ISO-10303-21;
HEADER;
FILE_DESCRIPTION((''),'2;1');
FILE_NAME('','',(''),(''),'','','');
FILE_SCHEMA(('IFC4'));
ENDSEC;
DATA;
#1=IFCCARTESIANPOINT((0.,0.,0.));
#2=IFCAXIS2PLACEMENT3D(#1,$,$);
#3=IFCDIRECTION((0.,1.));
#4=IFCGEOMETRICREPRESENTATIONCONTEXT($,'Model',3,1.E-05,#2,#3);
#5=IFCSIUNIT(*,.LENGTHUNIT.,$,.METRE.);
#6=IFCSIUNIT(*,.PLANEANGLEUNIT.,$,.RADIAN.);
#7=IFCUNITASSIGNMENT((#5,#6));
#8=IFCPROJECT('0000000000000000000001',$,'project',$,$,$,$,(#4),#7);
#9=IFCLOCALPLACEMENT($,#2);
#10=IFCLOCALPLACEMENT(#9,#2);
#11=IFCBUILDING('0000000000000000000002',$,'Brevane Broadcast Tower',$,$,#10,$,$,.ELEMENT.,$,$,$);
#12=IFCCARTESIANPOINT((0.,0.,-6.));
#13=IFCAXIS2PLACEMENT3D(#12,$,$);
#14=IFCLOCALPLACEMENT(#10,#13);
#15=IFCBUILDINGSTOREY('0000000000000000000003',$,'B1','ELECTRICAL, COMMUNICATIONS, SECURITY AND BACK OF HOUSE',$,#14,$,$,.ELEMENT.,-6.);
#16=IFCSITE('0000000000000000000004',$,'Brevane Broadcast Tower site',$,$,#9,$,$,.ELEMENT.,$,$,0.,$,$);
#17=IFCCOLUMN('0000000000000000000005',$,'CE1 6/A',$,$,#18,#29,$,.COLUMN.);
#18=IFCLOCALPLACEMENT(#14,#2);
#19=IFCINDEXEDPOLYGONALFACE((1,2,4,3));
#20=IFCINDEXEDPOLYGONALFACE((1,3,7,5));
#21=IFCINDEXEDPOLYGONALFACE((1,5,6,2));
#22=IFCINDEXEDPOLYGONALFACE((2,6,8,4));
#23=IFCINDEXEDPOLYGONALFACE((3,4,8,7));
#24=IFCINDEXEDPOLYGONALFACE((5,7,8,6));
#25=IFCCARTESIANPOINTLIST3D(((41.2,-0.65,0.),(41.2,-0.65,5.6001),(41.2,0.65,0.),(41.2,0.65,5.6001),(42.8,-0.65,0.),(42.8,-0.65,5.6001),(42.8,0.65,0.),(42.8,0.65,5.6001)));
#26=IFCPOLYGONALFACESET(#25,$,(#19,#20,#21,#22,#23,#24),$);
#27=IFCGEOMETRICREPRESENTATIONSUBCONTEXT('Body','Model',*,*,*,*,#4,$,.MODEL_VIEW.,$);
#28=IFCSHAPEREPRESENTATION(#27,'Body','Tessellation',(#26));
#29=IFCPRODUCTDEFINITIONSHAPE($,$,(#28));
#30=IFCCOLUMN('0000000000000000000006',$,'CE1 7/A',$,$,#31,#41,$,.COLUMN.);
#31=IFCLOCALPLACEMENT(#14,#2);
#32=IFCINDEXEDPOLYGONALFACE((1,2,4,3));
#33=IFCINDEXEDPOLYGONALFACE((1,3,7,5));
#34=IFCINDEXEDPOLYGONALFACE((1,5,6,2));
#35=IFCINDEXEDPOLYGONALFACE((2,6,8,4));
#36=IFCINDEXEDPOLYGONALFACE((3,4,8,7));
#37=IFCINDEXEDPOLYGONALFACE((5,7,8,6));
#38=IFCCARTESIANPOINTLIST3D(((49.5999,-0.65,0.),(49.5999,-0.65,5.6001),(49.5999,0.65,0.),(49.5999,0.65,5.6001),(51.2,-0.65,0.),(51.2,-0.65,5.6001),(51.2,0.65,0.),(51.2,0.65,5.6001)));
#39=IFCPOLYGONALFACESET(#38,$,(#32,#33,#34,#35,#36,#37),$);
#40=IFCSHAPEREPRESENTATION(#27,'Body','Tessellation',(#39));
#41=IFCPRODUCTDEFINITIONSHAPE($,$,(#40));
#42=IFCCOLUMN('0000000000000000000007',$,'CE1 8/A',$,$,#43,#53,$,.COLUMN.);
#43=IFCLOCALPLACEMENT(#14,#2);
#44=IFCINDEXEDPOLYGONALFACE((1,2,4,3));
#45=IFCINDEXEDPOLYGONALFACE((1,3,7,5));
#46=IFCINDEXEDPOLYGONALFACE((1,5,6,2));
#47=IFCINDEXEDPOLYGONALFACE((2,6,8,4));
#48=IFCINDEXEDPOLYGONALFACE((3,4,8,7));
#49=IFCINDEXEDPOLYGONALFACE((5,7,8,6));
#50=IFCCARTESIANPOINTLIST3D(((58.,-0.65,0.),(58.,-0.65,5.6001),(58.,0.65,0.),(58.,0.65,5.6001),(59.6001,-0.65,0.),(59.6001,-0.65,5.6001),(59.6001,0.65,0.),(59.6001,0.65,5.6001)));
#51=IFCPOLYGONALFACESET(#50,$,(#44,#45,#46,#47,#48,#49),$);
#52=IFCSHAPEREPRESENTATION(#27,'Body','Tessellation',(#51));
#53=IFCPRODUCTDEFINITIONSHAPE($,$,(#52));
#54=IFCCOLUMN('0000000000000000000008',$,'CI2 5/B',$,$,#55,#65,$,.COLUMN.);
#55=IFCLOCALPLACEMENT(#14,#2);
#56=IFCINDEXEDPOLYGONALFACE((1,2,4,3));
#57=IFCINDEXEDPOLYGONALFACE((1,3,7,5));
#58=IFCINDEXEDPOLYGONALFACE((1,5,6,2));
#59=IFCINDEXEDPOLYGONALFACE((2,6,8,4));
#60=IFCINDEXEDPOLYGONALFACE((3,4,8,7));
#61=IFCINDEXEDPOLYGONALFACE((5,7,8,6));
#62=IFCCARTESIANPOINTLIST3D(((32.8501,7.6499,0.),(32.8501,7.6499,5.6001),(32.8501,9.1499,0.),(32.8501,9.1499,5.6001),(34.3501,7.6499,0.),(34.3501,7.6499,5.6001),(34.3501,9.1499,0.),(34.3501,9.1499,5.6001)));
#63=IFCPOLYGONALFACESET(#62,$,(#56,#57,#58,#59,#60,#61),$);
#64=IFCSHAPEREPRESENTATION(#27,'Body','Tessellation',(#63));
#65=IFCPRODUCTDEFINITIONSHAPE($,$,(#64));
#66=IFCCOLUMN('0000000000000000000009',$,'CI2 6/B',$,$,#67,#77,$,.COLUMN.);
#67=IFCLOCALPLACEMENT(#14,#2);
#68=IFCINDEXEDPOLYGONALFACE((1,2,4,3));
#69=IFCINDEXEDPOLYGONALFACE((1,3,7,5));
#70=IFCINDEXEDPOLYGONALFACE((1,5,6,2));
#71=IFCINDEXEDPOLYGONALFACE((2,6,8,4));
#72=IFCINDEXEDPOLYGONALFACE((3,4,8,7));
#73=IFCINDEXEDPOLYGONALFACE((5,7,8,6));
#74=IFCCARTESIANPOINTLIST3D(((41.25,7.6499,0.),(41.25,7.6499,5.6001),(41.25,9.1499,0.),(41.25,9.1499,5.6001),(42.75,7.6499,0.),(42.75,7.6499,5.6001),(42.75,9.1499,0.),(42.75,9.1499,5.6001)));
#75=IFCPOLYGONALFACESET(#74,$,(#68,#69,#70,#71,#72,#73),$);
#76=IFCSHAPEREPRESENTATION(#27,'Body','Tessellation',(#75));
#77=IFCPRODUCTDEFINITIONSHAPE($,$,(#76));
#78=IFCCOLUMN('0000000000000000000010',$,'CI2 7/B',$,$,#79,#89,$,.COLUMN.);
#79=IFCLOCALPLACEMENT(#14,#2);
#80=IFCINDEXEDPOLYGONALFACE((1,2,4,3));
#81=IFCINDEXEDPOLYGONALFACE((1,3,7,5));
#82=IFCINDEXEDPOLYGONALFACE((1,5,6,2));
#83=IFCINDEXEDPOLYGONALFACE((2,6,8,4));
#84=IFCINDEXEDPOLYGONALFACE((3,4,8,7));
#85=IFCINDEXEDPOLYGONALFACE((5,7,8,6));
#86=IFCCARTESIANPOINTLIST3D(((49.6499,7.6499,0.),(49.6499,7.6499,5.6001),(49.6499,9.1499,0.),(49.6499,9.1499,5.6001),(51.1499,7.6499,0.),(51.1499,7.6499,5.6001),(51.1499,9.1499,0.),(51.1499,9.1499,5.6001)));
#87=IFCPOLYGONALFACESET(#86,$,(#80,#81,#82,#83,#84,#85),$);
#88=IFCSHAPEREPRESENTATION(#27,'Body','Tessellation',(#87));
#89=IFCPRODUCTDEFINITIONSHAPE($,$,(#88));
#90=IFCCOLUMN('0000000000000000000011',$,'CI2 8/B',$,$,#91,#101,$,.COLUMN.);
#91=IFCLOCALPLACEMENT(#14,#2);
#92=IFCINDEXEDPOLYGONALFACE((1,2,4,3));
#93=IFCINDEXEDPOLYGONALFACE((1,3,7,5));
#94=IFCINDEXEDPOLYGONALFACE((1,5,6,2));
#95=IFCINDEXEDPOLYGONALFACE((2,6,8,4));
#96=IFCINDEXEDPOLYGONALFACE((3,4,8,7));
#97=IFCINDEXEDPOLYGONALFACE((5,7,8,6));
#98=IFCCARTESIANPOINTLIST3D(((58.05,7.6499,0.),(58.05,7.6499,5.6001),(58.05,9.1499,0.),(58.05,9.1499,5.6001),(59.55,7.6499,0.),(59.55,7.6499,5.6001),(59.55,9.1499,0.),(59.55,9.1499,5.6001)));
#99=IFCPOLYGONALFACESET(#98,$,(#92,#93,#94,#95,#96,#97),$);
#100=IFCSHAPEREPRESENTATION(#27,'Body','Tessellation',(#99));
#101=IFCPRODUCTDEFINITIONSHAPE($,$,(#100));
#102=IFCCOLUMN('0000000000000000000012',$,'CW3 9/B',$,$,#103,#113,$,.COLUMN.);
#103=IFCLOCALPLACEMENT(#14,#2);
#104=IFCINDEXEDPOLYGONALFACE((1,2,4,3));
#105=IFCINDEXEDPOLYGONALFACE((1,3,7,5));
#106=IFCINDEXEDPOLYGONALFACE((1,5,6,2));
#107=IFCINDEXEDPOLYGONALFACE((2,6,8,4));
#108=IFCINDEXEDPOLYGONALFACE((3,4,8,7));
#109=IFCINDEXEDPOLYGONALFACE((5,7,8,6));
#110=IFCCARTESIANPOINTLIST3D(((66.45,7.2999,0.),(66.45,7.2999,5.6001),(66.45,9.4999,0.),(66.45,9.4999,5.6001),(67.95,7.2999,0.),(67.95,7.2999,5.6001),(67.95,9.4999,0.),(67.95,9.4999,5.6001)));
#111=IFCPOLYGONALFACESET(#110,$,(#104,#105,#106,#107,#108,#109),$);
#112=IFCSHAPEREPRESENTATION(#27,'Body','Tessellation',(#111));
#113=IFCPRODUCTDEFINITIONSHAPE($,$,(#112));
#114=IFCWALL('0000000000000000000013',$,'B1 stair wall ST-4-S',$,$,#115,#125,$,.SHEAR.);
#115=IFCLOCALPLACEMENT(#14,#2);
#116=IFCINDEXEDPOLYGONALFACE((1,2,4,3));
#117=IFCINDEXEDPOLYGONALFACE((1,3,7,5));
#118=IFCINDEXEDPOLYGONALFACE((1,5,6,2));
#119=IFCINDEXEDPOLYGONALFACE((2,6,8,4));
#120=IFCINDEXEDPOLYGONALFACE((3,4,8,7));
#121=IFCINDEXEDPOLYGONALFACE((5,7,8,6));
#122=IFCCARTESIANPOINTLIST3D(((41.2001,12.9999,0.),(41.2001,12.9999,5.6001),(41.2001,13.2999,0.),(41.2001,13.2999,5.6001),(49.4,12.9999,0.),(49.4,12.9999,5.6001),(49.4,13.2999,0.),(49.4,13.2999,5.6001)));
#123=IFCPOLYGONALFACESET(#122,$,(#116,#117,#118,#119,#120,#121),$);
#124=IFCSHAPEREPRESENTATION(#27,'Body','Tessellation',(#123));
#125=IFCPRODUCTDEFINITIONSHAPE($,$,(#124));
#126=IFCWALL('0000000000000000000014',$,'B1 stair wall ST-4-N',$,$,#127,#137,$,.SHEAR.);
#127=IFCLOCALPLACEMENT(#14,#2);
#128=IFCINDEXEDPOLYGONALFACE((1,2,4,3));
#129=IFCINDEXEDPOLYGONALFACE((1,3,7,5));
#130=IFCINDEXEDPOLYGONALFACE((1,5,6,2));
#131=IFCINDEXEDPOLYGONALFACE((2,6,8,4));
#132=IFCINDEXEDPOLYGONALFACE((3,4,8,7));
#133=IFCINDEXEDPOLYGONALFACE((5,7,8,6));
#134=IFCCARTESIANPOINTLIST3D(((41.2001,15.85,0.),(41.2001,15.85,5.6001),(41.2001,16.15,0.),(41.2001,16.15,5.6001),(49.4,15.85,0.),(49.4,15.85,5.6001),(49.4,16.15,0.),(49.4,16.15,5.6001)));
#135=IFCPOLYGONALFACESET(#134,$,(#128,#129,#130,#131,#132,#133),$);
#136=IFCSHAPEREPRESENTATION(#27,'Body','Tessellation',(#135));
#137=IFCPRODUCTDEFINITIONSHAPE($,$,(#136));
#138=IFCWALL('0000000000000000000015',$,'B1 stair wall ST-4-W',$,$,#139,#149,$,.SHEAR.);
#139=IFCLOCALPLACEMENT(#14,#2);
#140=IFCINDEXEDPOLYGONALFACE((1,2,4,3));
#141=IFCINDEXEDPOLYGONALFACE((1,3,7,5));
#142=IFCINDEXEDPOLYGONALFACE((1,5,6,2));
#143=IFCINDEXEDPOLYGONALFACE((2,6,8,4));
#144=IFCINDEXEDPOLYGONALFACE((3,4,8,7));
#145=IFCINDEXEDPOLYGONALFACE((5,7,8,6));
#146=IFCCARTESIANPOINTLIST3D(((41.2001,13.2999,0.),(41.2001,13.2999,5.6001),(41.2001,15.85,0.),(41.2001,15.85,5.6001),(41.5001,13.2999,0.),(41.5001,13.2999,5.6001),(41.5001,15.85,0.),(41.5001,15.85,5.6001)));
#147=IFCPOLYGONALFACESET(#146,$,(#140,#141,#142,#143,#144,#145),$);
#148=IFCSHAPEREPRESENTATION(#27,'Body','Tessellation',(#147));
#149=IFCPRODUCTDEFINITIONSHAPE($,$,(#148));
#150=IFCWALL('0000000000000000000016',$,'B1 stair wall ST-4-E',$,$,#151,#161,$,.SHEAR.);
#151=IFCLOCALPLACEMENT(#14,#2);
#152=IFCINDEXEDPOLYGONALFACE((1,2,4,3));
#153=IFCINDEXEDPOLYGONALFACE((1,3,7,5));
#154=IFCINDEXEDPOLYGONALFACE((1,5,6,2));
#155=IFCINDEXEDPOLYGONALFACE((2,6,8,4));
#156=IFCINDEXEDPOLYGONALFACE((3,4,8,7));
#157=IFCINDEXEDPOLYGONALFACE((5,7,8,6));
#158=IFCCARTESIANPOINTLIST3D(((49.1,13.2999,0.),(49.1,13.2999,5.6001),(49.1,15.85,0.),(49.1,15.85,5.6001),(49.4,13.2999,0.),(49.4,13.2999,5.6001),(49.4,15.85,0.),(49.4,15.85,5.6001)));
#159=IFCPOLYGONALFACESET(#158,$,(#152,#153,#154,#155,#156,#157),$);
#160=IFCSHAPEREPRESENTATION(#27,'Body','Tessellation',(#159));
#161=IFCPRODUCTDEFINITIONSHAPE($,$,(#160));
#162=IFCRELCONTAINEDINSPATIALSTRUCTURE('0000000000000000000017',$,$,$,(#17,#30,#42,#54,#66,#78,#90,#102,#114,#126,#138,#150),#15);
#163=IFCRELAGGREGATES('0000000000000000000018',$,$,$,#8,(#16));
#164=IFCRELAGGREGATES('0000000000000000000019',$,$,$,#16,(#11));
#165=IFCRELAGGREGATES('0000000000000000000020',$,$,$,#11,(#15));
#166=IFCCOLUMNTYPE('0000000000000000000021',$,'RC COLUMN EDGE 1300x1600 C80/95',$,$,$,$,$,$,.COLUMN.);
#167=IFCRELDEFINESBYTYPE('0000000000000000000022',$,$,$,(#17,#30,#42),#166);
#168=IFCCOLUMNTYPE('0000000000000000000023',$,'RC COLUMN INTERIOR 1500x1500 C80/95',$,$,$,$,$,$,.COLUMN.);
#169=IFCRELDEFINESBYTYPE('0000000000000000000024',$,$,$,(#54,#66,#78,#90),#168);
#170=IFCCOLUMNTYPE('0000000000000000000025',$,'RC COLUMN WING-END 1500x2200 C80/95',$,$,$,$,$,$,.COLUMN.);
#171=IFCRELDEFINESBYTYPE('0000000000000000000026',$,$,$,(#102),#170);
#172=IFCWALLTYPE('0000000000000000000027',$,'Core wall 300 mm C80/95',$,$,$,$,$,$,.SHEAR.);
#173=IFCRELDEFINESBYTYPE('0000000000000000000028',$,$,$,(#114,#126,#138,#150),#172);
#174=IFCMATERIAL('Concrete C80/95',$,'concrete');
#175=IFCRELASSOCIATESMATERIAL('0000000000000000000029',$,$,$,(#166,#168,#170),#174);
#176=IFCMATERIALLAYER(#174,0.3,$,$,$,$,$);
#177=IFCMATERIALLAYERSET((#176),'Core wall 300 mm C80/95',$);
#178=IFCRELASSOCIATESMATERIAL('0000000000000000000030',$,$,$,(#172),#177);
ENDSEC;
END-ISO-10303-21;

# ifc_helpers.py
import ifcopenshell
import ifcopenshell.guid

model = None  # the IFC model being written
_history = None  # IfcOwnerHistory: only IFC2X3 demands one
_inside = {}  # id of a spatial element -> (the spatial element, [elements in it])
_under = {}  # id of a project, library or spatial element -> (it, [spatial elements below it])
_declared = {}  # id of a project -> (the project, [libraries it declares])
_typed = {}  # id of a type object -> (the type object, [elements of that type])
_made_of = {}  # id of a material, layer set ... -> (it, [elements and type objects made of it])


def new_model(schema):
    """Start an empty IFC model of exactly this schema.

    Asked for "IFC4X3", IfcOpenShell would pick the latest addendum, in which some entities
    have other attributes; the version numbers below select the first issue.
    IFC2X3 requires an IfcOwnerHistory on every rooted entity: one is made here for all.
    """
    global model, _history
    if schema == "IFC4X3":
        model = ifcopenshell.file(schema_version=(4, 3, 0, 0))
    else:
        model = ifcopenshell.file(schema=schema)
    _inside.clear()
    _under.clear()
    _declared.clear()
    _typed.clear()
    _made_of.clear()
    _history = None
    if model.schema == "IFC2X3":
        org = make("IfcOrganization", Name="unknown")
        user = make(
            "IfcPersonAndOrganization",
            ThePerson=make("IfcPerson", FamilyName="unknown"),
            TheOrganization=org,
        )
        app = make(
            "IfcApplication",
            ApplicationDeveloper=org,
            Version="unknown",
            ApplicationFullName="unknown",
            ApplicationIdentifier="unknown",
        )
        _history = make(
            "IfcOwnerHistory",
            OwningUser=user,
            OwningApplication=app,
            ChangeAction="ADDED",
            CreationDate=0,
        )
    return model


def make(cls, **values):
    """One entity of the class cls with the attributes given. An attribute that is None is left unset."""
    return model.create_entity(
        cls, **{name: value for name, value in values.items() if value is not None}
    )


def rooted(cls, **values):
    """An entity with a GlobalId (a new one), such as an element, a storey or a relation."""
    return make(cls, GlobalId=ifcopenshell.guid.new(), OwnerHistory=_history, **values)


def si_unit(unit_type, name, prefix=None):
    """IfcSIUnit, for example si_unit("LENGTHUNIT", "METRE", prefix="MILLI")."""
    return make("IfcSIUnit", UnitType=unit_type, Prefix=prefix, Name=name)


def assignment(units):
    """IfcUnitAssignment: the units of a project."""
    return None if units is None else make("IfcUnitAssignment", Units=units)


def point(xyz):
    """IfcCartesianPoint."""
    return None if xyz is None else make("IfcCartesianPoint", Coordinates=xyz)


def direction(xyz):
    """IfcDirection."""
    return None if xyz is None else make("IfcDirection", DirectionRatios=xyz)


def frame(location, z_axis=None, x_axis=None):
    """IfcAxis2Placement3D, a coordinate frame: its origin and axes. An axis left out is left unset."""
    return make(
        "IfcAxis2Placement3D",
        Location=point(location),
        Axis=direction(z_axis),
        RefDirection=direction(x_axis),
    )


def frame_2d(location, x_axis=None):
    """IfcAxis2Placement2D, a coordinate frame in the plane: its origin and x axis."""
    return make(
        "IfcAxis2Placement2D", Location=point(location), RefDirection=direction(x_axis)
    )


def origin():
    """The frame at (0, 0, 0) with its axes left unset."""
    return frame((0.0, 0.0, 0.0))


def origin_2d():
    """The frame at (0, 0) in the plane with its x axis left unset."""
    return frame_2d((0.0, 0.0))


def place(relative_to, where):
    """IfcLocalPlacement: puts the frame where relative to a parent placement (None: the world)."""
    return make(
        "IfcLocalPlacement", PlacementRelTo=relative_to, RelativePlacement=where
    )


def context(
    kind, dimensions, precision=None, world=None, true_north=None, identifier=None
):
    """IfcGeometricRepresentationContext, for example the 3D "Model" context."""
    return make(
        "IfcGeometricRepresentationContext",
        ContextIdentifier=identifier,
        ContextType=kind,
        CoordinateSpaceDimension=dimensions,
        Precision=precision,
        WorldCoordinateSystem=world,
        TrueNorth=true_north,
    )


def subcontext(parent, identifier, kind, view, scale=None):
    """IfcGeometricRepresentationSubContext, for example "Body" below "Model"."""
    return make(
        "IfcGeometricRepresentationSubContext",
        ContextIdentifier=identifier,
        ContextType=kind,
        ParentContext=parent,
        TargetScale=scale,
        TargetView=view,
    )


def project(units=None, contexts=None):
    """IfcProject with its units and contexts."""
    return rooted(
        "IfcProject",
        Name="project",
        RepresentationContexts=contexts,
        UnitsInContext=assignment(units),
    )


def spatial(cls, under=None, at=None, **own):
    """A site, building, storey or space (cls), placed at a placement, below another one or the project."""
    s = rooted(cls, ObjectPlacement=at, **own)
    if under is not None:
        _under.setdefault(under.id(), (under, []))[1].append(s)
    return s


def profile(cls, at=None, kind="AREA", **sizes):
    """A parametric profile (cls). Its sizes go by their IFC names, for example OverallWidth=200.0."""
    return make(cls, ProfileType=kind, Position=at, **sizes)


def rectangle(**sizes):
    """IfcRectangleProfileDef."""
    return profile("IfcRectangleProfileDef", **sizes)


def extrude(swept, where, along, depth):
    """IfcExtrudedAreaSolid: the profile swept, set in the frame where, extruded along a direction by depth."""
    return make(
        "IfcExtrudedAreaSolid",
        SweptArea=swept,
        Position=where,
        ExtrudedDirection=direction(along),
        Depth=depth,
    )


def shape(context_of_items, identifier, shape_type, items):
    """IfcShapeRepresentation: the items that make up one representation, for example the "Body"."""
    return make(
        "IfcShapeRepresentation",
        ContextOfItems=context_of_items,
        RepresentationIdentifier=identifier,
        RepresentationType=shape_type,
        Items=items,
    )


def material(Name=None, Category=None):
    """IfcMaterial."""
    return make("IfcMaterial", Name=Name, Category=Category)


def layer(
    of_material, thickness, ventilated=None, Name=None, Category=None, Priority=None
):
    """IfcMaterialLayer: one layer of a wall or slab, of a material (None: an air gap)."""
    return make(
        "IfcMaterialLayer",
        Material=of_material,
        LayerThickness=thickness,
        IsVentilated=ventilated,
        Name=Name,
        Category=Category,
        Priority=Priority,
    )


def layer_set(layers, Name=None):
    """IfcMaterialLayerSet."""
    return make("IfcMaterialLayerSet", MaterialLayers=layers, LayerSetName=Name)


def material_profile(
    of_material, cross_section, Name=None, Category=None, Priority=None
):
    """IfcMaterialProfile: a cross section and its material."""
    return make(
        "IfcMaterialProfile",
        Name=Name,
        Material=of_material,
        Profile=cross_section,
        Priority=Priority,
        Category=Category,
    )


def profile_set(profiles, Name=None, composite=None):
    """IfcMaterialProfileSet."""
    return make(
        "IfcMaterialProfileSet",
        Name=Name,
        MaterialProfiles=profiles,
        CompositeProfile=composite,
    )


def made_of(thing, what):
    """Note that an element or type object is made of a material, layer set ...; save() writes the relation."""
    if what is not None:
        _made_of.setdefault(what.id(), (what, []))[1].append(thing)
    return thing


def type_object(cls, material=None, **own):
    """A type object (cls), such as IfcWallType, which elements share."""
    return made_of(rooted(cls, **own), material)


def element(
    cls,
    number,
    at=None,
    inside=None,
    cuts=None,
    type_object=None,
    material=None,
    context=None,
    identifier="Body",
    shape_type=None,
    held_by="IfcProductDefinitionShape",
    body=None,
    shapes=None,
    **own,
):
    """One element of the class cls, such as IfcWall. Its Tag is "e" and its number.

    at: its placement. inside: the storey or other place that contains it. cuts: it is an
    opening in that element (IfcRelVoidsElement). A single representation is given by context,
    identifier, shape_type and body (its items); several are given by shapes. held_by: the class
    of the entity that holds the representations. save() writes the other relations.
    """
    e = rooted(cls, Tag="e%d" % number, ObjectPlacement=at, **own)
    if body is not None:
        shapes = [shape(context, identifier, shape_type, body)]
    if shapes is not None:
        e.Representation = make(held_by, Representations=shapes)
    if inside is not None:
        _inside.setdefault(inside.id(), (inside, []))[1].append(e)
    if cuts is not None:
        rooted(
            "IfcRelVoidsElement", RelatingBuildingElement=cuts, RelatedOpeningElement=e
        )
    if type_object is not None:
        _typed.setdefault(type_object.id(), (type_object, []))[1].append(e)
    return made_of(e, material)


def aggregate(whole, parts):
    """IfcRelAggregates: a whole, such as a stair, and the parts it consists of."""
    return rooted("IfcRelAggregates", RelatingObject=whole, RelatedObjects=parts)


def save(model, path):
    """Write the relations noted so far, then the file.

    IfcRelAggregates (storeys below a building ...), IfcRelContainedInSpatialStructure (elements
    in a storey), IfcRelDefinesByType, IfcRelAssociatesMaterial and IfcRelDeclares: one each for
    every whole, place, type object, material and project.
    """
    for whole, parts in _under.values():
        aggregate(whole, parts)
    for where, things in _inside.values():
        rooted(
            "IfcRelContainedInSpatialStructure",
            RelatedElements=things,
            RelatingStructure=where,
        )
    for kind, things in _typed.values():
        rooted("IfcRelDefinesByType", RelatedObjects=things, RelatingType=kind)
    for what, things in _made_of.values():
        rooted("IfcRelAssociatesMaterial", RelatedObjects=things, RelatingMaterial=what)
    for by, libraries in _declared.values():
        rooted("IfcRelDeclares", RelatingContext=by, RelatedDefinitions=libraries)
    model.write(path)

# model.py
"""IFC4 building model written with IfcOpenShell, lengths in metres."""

from ifc_helpers import new_model, si_unit, direction, frame, frame_2d, origin, origin_2d, place, context, subcontext, project, spatial, rectangle, extrude, material, layer, layer_set, material_profile, profile_set, type_object, element, save


model = new_model("IFC4")

# Units and contexts
model_context = context("Model", 3, precision=1e-05, world=origin(), true_north=direction((0.0, 1.0)))
body_context = subcontext(model_context, "Body", "Model", "MODEL_VIEW")
ifc_project = project(units=[si_unit("LENGTHUNIT", "METRE"), si_unit("PLANEANGLEUNIT", "RADIAN")], contexts=[model_context])

# Site, building, storey
site_placement = place(None, origin())
site = spatial("IfcSite", under=ifc_project, at=site_placement, Name="Brevane Broadcast Tower site", CompositionType="ELEMENT", RefElevation=0.0)
building_placement = place(site_placement, origin())
building = spatial("IfcBuilding", under=site, at=building_placement, Name="Brevane Broadcast Tower", CompositionType="ELEMENT")
storey_placement = place(building_placement, frame((0.0, 0.0, -6.0)))
storey = spatial("IfcBuildingStorey", under=building, at=storey_placement, Name="B1", Description="ELECTRICAL, COMMUNICATIONS, SECURITY AND BACK OF HOUSE", CompositionType="ELEMENT", Elevation=-6.0)

# Columns
ifc_material_1 = material(Name="Concrete C80/95", Category="concrete")
ifc_material_profile_1 = material_profile(ifc_material_1, rectangle(XDim=1.3, YDim=1.6001, at=origin_2d()), Name="RC 1300x1600")
ifc_profile_set_1 = profile_set([ifc_material_profile_1], Name="Concrete C80/95")
column_type_1 = type_object("IfcColumnType", Name="RC COLUMN EDGE 1300x1600 C80/95", PredefinedType="COLUMN", material=ifc_profile_set_1)
for number, where, z_axis, x_axis, name in (
    (1, (42.0, 0.0, 0.0), (0.0, 0.0, 1.0), (0.0, 1.0, 0.0), "CE1 6/A"),
    (2, (50.3999, 0.0, 0.0), (0.0, 0.0, 1.0), (0.0, 1.0, 0.0), "CE1 7/A"),
    (3, (58.8, 0.0, 0.0), (0.0, 0.0, 1.0), (0.0, 1.0, 0.0), "CE1 8/A"),
):
    element("IfcColumn", number, at=place(storey_placement, frame(where, z_axis=z_axis, x_axis=x_axis)), inside=storey, type_object=column_type_1, Name=name, PredefinedType="COLUMN", context=body_context, shape_type="SweptSolid", body=[
        extrude(rectangle(XDim=1.3, YDim=1.6001, at=origin_2d()), origin(), (0.0, 0.0, 1.0), 5.6001),
    ])
ifc_material_profile_2 = material_profile(ifc_material_1, rectangle(XDim=1.5, YDim=1.5, at=origin_2d()), Name="RC 1500x1500")
ifc_profile_set_2 = profile_set([ifc_material_profile_2], Name="Concrete C80/95")
column_type_2 = type_object("IfcColumnType", Name="RC COLUMN INTERIOR 1500x1500 C80/95", PredefinedType="COLUMN", material=ifc_profile_set_2)
for number, where, z_axis, x_axis, name in (
    (4, (33.6001, 8.3999, 0.0), (0.0, 0.0, 1.0), (1.0, 0.0, 0.0), "CI2 5/B"),
    (5, (42.0, 8.3999, 0.0), (0.0, 0.0, 1.0), (1.0, 0.0, 0.0), "CI2 6/B"),
    (6, (50.3999, 8.3999, 0.0), (0.0, 0.0, 1.0), (1.0, 0.0, 0.0), "CI2 7/B"),
    (7, (58.8, 8.3999, 0.0), (0.0, 0.0, 1.0), (1.0, 0.0, 0.0), "CI2 8/B"),
):
    element("IfcColumn", number, at=place(storey_placement, frame(where, z_axis=z_axis, x_axis=x_axis)), inside=storey, type_object=column_type_2, Name=name, PredefinedType="COLUMN", context=body_context, shape_type="SweptSolid", body=[
        extrude(rectangle(XDim=1.5, YDim=1.5, at=origin_2d()), origin(), (0.0, 0.0, 1.0), 5.6001),
    ])
ifc_material_profile_3 = material_profile(ifc_material_1, rectangle(XDim=1.5, YDim=2.2, at=origin_2d()), Name="RC 1500x2200")
ifc_profile_set_3 = profile_set([ifc_material_profile_3], Name="Concrete C80/95")
column_type_3 = type_object("IfcColumnType", Name="RC COLUMN WING-END 1500x2200 C80/95", PredefinedType="COLUMN", material=ifc_profile_set_3)
column_placement = place(storey_placement, frame((67.2, 8.3999, 0.0), z_axis=(0.0, 0.0, 1.0), x_axis=(1.0, 0.0, 0.0)))
element("IfcColumn", 8, at=column_placement, inside=storey, type_object=column_type_3, Name="CW3 9/B", PredefinedType="COLUMN", context=body_context, shape_type="SweptSolid", body=[
    extrude(rectangle(XDim=1.5, YDim=2.2, at=origin_2d()), origin(), (0.0, 0.0, 1.0), 5.6001),
])

# Walls
ifc_layer = layer(ifc_material_1, 0.3)
ifc_layer_set = layer_set([ifc_layer], Name="Core wall 300 mm C80/95")
wall_type = type_object("IfcWallType", Name="Core wall 300 mm C80/95", PredefinedType="SHEAR", material=ifc_layer_set)
for number, where, z_axis, x_axis, name in (
    (9, (41.2, 13.1499, 0.0), (0.0, 0.0, 1.0), (1.0, 0.0, 0.0), "B1 stair wall ST-4-S"),
    (10, (41.2, 16.0, 0.0), (0.0, 0.0, 1.0), (1.0, 0.0, 0.0), "B1 stair wall ST-4-N"),
):
    element("IfcWall", number, at=place(storey_placement, frame(where, z_axis=z_axis, x_axis=x_axis)), inside=storey, type_object=wall_type, Name=name, PredefinedType="SHEAR", context=body_context, shape_type="SweptSolid", body=[
        extrude(rectangle(XDim=8.2, YDim=0.3, at=frame_2d((4.1001, 0.0))), origin(), (0.0, 0.0, 1.0), 5.6001),
    ])
for number, where, z_axis, x_axis, name in (
    (11, (41.3501, 13.3, 0.0), (0.0, 0.0, 1.0), (0.0, 1.0, 0.0), "B1 stair wall ST-4-W"),
    (12, (49.25, 13.3, 0.0), (0.0, 0.0, 1.0), (0.0, 1.0, 0.0), "B1 stair wall ST-4-E"),
):
    element("IfcWall", number, at=place(storey_placement, frame(where, z_axis=z_axis, x_axis=x_axis)), inside=storey, type_object=wall_type, Name=name, PredefinedType="SHEAR", context=body_context, shape_type="SweptSolid", body=[
        extrude(rectangle(XDim=2.55, YDim=0.3, at=frame_2d((1.2749, 0.0))), origin(), (0.0, 0.0, 1.0), 5.6001),
    ])

save(model, "model.ifc")
